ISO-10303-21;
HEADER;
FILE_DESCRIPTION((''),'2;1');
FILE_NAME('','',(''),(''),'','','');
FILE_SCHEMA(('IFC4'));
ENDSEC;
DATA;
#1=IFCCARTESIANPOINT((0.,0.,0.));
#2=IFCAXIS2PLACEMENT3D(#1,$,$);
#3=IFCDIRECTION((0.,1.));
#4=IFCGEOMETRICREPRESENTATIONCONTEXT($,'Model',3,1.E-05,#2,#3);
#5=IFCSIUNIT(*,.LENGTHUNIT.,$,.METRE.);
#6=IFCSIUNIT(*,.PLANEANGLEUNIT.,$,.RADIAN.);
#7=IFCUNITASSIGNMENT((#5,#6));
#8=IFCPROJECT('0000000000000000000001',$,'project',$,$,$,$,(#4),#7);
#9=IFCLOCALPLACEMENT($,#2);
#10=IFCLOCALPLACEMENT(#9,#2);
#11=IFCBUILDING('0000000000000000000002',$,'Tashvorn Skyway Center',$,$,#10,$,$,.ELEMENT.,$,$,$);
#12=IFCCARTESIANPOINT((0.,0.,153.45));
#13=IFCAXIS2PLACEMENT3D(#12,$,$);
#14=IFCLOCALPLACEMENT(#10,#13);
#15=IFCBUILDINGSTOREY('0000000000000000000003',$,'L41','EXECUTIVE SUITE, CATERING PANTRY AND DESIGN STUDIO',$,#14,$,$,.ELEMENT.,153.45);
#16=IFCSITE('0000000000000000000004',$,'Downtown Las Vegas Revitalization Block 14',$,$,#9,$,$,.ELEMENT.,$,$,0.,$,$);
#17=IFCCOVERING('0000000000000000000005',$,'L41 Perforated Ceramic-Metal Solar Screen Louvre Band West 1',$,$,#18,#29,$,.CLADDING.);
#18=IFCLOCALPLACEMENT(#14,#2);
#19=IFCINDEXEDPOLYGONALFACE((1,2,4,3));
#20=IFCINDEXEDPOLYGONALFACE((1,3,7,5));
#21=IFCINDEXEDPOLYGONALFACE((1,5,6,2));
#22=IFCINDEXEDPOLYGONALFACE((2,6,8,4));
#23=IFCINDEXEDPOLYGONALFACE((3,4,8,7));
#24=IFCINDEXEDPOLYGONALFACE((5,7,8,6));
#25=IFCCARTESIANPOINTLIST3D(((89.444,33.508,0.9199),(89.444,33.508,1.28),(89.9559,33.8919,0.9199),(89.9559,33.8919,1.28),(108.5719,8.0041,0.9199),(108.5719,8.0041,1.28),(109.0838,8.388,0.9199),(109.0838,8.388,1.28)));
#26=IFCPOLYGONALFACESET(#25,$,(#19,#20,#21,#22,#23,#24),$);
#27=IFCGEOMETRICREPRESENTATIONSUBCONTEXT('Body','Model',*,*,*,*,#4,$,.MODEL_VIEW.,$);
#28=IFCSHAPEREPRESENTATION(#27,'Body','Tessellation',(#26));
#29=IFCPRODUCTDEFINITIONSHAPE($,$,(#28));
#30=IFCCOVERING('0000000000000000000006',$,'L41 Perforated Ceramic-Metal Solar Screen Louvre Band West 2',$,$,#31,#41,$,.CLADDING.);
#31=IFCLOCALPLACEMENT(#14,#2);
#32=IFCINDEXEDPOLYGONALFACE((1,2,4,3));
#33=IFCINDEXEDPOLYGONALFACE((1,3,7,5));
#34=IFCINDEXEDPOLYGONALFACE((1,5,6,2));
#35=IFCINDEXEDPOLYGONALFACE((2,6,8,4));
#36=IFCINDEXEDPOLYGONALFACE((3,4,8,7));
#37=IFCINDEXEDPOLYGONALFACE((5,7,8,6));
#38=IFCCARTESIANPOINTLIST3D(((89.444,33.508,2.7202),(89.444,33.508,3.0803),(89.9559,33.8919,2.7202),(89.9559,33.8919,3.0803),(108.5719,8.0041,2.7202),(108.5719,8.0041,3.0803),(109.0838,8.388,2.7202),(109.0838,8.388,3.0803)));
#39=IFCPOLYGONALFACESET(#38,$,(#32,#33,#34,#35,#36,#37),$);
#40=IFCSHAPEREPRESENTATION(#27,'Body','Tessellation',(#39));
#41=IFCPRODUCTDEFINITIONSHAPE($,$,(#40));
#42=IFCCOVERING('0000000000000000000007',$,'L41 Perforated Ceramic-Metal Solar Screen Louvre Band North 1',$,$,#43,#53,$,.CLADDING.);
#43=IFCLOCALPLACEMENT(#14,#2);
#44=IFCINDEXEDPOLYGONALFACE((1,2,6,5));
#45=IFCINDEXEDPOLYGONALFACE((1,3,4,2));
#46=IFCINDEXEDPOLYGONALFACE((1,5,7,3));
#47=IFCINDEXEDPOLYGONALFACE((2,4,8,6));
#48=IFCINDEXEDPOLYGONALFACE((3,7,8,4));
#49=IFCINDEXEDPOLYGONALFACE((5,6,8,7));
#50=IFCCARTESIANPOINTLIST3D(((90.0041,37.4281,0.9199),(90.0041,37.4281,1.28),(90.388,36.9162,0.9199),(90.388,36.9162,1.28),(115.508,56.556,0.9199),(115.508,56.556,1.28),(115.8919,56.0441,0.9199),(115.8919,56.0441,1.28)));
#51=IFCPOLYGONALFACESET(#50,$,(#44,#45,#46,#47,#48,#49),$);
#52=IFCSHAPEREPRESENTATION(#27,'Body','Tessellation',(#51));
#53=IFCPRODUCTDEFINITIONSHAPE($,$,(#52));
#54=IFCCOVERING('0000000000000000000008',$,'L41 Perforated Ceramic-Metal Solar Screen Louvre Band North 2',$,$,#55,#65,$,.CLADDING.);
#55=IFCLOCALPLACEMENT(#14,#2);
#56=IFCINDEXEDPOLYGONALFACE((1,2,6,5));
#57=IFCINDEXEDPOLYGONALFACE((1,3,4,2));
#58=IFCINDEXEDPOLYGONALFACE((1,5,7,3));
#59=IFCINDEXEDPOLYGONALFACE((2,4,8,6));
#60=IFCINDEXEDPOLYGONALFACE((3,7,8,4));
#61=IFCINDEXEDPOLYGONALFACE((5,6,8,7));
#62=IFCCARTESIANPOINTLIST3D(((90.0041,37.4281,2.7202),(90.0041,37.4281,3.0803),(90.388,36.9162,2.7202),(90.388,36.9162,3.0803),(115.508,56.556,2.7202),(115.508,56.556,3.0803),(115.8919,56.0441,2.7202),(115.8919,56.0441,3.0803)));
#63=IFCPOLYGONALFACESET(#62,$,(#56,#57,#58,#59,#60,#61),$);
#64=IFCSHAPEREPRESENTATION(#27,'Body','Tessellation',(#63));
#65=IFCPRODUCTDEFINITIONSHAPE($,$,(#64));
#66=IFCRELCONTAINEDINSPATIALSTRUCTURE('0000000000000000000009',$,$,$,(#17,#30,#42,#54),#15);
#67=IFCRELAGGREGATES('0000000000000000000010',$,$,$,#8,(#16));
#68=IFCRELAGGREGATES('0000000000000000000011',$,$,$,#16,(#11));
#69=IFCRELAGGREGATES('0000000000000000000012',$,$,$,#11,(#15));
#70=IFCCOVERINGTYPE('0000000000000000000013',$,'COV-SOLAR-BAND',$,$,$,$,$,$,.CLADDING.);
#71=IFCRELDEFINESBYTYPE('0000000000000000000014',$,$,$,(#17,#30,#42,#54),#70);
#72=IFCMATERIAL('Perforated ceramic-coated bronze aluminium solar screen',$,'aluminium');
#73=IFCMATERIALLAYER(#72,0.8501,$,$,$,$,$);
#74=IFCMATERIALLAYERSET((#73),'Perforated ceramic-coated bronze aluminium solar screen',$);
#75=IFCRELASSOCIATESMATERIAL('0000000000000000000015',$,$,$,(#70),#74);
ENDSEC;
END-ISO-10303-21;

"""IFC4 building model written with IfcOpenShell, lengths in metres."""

from ifc_helpers import new_model, si_unit, direction, frame, origin, origin_2d, place, context, subcontext, project, spatial, rectangle, extrude, material, layer, layer_set, type_object, element, save


model = new_model("IFC4")

# Units and contexts
model_context = context("Model", 3, precision=1e-05, world=origin(), true_north=direction((0.0, 1.0)))
body_context = subcontext(model_context, "Body", "Model", "MODEL_VIEW")
ifc_project = project(units=[si_unit("LENGTHUNIT", "METRE"), si_unit("PLANEANGLEUNIT", "RADIAN")], contexts=[model_context])

# Site, building, storey
site_placement = place(None, origin())
site = spatial("IfcSite", under=ifc_project, at=site_placement, Name="Downtown Las Vegas Revitalization Block 14", CompositionType="ELEMENT", RefElevation=0.0)
building_placement = place(site_placement, origin())
building = spatial("IfcBuilding", under=site, at=building_placement, Name="Tashvorn Skyway Center", CompositionType="ELEMENT")
storey_placement = place(building_placement, frame((0.0, 0.0, 153.45)))
storey = spatial("IfcBuildingStorey", under=building, at=storey_placement, Name="L41", Description="EXECUTIVE SUITE, CATERING PANTRY AND DESIGN STUDIO", CompositionType="ELEMENT", Elevation=153.45)

# Coverings
ifc_material_1 = material(Name="Perforated ceramic-coated bronze aluminium solar screen", Category="aluminium")
ifc_layer_1 = layer(ifc_material_1, 0.8501)
ifc_layer_set_1 = layer_set([ifc_layer_1], Name="Perforated ceramic-coated bronze aluminium solar screen")
covering_type = type_object("IfcCoveringType", Name="COV-SOLAR-BAND", PredefinedType="CLADDING", material=ifc_layer_set_1)
for number, where, z_axis, x_axis, name in (
    (1, (99.2639, 20.948, 0.9199), (0.0, 0.0, 1.0), (-0.6, 0.8, 0.0), "L41 Perforated Ceramic-Metal Solar Screen Louvre Band West 1"),
    (2, (99.2639, 20.948, 2.7202), (0.0, 0.0, 1.0), (-0.6, 0.8, 0.0), "L41 Perforated Ceramic-Metal Solar Screen Louvre Band West 2"),
    (3, (102.948, 46.7361, 0.9199), (0.0, 0.0, 1.0), (0.8, 0.6, 0.0), "L41 Perforated Ceramic-Metal Solar Screen Louvre Band North 1"),
    (4, (102.948, 46.7361, 2.7202), (0.0, 0.0, 1.0), (0.8, 0.6, 0.0), "L41 Perforated Ceramic-Metal Solar Screen Louvre Band North 2"),
):
    element("IfcCovering", number, at=place(storey_placement, frame(where, z_axis=z_axis, x_axis=x_axis)), inside=storey, type_object=covering_type, Name=name, PredefinedType="CLADDING", context=body_context, shape_type="SweptSolid", body=[
        extrude(rectangle(XDim=31.8799, YDim=0.6399, at=origin_2d()), origin(), (0.0, 0.0, 1.0), 0.3601),
    ])

save(model, "model.ifc")
